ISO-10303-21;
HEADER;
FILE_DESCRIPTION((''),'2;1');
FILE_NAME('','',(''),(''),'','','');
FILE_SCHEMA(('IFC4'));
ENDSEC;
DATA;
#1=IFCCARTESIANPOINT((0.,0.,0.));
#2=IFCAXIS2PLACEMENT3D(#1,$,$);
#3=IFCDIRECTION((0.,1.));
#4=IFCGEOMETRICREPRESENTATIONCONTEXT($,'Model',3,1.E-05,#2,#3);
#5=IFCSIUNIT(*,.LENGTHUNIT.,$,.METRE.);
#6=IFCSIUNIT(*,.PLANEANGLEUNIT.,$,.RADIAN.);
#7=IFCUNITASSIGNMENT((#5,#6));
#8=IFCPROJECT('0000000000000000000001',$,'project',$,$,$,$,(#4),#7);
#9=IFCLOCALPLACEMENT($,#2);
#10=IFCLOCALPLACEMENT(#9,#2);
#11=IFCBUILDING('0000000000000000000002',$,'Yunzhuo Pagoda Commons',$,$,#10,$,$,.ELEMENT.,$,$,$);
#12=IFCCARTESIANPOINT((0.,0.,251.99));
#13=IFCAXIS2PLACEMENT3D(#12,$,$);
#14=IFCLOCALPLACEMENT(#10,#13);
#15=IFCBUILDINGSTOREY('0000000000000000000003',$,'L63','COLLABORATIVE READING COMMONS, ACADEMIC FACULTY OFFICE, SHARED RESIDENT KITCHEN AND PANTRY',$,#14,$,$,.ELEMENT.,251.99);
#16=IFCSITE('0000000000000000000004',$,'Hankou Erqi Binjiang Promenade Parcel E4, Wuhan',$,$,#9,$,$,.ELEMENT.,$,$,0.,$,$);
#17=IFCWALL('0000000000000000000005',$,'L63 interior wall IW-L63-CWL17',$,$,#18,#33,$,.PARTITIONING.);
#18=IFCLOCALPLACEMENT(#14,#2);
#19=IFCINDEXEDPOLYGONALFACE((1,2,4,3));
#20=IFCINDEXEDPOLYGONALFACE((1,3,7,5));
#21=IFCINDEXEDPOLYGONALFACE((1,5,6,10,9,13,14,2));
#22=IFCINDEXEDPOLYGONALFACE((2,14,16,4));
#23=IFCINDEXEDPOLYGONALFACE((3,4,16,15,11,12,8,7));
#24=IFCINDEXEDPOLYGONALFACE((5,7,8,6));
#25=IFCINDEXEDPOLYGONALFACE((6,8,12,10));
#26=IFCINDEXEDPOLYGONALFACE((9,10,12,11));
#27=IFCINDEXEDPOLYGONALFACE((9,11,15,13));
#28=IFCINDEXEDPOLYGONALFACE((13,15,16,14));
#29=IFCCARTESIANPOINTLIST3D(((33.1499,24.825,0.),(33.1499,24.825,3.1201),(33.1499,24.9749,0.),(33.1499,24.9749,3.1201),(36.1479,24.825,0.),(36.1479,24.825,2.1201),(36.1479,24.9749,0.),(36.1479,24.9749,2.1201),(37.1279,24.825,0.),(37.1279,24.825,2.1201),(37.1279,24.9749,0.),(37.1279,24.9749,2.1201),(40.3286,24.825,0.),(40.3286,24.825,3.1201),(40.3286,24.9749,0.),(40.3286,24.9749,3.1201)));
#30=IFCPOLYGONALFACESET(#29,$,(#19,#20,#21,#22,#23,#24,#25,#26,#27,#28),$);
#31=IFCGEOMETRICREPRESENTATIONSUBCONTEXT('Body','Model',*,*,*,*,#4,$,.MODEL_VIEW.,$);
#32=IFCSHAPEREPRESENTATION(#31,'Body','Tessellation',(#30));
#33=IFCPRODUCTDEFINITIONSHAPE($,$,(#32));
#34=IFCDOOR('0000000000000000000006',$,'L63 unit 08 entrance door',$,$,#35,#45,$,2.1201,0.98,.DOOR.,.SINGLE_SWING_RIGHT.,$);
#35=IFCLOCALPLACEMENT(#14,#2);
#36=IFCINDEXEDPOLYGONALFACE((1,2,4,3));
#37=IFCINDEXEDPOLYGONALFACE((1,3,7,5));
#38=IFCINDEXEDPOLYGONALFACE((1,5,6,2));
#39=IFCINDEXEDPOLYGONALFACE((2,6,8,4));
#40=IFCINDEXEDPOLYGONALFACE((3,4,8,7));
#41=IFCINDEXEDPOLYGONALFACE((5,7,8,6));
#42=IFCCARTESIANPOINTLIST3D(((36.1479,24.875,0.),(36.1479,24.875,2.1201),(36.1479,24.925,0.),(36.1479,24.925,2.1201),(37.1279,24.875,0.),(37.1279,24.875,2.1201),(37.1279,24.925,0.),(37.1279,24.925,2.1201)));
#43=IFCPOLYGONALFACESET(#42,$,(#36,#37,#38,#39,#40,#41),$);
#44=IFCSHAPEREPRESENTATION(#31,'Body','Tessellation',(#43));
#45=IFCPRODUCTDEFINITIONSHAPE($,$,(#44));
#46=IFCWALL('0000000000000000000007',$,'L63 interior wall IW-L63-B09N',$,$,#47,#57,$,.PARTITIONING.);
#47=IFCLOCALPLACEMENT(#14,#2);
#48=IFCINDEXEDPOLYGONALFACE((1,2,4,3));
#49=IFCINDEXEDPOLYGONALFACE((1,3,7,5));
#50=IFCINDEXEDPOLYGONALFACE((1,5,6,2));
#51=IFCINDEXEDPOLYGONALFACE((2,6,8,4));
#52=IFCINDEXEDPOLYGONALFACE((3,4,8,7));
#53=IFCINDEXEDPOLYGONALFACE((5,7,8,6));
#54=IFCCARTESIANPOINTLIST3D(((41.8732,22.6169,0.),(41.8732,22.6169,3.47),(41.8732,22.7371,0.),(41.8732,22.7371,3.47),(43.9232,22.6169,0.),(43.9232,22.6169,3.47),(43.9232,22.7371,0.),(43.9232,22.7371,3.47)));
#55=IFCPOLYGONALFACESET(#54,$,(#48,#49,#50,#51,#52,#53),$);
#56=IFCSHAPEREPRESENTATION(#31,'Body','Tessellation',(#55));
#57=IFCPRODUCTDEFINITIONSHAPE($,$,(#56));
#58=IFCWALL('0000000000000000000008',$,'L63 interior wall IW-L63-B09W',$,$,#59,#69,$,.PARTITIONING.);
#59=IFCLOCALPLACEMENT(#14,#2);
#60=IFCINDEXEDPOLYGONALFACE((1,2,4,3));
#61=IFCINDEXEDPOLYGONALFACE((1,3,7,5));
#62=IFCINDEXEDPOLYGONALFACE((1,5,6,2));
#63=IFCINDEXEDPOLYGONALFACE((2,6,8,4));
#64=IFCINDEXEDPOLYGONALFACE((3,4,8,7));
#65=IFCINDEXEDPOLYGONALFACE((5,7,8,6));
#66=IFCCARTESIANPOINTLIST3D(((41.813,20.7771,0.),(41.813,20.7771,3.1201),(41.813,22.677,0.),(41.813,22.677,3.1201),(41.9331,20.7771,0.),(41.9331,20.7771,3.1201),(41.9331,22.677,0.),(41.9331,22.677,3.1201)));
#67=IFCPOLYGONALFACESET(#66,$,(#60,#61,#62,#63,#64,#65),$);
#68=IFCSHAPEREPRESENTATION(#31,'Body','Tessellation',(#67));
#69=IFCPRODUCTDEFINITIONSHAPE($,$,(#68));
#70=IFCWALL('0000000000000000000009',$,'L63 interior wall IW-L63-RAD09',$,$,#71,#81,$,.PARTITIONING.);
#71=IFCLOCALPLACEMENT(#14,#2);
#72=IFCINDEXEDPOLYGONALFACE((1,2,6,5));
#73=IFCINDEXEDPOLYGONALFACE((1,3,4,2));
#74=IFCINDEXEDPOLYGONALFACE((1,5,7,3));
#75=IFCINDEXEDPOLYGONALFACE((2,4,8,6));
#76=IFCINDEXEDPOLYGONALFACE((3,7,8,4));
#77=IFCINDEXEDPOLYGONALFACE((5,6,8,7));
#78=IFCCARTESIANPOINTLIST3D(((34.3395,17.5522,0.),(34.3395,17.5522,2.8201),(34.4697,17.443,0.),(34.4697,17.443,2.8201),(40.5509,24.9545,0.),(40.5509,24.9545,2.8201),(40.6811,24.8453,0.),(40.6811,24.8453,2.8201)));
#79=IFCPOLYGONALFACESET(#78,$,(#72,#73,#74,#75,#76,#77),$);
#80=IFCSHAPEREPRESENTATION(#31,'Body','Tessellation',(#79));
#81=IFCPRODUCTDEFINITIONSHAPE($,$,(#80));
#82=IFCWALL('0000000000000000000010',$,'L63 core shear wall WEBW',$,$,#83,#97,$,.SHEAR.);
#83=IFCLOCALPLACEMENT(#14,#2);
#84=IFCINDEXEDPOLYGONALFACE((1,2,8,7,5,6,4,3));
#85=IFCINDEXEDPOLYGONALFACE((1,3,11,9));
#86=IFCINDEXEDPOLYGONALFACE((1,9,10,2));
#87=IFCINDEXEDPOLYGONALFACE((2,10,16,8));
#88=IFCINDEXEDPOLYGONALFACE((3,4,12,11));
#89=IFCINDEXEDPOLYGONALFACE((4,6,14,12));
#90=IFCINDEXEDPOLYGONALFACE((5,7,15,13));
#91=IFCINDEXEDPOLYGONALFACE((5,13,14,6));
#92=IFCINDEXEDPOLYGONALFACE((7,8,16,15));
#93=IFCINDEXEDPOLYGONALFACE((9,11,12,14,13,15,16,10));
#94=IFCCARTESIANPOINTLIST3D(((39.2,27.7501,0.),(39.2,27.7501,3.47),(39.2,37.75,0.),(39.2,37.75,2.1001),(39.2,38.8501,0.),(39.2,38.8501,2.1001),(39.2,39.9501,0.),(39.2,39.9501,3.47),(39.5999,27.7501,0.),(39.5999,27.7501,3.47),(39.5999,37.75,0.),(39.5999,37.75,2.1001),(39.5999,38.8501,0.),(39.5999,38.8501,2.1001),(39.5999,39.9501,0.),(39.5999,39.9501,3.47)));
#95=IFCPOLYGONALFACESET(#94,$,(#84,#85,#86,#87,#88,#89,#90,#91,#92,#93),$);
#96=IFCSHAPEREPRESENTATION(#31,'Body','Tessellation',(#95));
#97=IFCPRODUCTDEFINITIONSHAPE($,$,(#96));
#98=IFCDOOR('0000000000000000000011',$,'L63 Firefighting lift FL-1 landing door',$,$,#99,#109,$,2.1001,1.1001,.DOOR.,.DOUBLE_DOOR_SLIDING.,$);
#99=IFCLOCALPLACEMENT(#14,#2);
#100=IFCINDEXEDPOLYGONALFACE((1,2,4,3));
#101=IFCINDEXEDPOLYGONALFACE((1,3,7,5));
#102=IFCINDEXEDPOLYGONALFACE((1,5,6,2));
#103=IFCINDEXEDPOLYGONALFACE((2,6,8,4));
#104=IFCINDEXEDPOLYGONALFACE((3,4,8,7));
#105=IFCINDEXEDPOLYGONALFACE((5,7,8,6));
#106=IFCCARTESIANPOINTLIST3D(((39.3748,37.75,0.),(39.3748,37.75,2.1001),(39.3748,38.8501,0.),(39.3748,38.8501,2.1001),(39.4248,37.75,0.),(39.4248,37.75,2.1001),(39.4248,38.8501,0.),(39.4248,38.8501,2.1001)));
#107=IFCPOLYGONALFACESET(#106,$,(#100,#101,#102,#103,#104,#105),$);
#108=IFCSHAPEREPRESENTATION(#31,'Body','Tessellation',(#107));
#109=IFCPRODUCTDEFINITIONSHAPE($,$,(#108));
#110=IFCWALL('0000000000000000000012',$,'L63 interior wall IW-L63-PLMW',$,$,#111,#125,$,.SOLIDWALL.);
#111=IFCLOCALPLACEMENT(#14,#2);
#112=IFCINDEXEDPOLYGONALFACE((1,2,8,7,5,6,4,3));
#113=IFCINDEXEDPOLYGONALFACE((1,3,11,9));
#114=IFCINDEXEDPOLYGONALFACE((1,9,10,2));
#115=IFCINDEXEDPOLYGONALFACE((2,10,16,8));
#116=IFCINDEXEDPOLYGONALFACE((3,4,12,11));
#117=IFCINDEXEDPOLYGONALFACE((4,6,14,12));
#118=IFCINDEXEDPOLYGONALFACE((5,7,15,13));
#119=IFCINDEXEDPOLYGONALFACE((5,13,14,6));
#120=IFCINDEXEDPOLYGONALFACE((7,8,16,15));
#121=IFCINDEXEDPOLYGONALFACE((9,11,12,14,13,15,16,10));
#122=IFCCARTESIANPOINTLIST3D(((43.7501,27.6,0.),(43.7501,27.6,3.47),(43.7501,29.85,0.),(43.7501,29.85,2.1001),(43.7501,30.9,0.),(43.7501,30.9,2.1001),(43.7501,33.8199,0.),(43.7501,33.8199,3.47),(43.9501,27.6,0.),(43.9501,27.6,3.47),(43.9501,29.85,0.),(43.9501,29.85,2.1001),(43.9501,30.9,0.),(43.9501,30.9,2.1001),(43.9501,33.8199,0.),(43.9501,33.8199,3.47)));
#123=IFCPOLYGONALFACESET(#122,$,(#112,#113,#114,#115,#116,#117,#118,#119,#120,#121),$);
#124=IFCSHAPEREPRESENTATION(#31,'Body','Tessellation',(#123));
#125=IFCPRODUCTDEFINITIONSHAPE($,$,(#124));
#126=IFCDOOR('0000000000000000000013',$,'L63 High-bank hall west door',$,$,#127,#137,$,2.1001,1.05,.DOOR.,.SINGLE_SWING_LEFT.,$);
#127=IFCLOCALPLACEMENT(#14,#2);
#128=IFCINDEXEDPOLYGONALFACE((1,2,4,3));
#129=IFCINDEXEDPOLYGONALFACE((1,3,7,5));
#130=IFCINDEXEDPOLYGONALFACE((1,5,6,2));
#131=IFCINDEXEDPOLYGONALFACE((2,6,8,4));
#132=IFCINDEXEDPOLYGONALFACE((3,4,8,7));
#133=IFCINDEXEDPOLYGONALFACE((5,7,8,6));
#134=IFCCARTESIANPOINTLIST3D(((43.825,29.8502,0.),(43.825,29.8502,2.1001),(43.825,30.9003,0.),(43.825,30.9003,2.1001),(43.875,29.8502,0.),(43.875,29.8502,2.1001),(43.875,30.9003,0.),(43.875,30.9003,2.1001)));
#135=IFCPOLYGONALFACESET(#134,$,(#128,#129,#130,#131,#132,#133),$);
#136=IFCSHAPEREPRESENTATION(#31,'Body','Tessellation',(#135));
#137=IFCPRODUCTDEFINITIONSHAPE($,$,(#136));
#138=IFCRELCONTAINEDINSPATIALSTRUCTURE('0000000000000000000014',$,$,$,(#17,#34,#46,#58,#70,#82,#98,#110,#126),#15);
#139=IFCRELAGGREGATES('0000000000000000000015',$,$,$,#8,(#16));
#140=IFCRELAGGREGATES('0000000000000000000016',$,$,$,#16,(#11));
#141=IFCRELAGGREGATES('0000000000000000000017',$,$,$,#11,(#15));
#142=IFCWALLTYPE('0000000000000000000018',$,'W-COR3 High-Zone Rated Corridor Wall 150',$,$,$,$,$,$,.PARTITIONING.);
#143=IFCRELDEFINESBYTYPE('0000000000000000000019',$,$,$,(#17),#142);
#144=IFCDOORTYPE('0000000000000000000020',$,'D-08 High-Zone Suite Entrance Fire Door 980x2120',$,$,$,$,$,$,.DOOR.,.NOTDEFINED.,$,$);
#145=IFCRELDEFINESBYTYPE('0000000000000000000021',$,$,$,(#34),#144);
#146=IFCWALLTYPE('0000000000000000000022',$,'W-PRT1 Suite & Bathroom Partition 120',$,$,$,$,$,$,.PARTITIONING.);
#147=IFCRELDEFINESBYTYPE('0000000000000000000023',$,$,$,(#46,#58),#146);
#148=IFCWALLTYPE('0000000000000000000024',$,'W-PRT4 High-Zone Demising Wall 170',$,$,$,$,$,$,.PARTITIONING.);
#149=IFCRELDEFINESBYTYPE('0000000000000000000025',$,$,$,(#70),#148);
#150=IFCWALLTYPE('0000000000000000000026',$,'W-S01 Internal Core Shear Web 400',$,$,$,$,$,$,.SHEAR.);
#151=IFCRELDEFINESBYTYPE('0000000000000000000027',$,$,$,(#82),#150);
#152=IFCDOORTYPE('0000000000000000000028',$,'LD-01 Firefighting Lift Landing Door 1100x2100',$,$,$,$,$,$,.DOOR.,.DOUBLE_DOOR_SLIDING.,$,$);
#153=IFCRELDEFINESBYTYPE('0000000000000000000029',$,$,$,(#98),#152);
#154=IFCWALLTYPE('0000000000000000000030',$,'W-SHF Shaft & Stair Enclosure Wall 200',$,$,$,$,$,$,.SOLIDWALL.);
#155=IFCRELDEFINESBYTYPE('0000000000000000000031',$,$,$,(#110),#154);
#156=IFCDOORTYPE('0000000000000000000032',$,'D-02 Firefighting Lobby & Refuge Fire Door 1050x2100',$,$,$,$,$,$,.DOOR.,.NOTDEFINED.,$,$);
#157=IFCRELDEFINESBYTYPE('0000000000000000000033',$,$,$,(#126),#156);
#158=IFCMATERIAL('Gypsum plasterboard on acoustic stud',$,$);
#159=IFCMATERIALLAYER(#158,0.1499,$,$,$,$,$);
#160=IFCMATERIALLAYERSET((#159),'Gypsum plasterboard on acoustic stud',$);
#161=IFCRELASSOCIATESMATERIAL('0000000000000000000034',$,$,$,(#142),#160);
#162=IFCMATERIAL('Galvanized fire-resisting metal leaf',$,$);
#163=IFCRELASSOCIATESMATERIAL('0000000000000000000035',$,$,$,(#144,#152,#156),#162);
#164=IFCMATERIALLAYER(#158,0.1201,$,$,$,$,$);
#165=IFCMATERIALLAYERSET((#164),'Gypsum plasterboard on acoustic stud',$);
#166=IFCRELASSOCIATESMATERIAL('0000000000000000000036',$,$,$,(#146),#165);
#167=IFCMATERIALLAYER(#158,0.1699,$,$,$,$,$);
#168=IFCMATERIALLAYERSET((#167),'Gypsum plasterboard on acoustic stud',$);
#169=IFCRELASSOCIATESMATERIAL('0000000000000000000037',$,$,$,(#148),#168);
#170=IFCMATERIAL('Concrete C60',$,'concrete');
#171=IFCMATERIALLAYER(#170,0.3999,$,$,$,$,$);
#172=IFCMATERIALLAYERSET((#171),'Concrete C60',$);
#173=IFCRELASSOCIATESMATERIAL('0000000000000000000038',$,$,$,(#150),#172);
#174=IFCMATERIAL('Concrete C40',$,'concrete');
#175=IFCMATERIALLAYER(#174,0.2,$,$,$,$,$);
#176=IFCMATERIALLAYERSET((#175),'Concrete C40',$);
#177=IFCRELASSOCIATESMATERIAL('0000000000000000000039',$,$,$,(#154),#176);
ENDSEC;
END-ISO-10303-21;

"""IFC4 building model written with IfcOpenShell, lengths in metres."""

from ifc_helpers import new_model, si_unit, direction, frame, frame_2d, origin, origin_with_axes, place, context, subcontext, project, spatial, rectangle, extrude, source, transform, mapped, material, layer, layer_set, type_object, element, fill, save


model = new_model("IFC4")

# Units and contexts
model_context = context("Model", 3, precision=1e-05, world=origin(), true_north=direction((0.0, 1.0)))
body_context = subcontext(model_context, "Body", "Model", "MODEL_VIEW")
ifc_project = project(units=[si_unit("LENGTHUNIT", "METRE"), si_unit("PLANEANGLEUNIT", "RADIAN")], contexts=[model_context])

# Site, building, storey
site_placement = place(None, origin())
site = spatial("IfcSite", under=ifc_project, at=site_placement, Name="Hankou Erqi Binjiang Promenade Parcel E4, Wuhan", CompositionType="ELEMENT", RefElevation=0.0)
building_placement = place(site_placement, origin())
building = spatial("IfcBuilding", under=site, at=building_placement, Name="Yunzhuo Pagoda Commons", CompositionType="ELEMENT")
storey_placement = place(building_placement, frame((0.0, 0.0, 251.99)))
storey = spatial("IfcBuildingStorey", under=building, at=storey_placement, Name="L63", Description="COLLABORATIVE READING COMMONS, ACADEMIC FACULTY OFFICE, SHARED RESIDENT KITCHEN AND PANTRY", CompositionType="ELEMENT", Elevation=251.99)

# Wall, opening, door
ifc_material_1 = material(Name="Gypsum plasterboard on acoustic stud")
ifc_layer_1 = layer(ifc_material_1, 0.1499)
ifc_layer_set_1 = layer_set([ifc_layer_1], Name="Gypsum plasterboard on acoustic stud")
wall_type_1 = type_object("IfcWallType", Name="W-COR3 High-Zone Rated Corridor Wall 150", PredefinedType="PARTITIONING", material=ifc_layer_set_1)
ifc_material_2 = material(Name="Galvanized fire-resisting metal leaf")
door_type_1 = type_object("IfcDoorType", Name="D-08 High-Zone Suite Entrance Fire Door 980x2120", OperationType="NOTDEFINED", PredefinedType="DOOR", material=ifc_material_2)
shared_shape_1 = source(origin(), body_context, "Body", "SweptSolid", [
    extrude(rectangle(XDim=0.98, YDim=2.1201, at=frame_2d((0.49, 1.0601))), frame((0.0, 0.0249, 0.0), z_axis=(0.0, -1.0, 0.0), x_axis=(1.0, 0.0, 0.0)), (0.0, 0.0, 1.0), 0.05),
])
wall_1_placement = place(storey_placement, frame((40.3286, 24.8999, 0.0), z_axis=(0.0, 0.0, 1.0), x_axis=(-1.0, 0.0, 0.0)))
wall_1 = element("IfcWall", 1, at=wall_1_placement, inside=storey, type_object=wall_type_1, Name="L63 interior wall IW-L63-CWL17", PredefinedType="PARTITIONING", context=body_context, shape_type="SweptSolid", body=[
    extrude(rectangle(XDim=7.1787, YDim=0.1499, at=frame_2d((3.5894, 0.0))), origin(), (0.0, 0.0, 1.0), 3.1201),
])
opening_1_placement = place(wall_1_placement, frame((3.2007, 0.0, 0.0)))
opening_1 = element("IfcOpeningElement", 2, at=opening_1_placement, cuts=wall_1, PredefinedType="OPENING", context=body_context, shape_type="SweptSolid", body=[
    extrude(rectangle(XDim=0.98, YDim=2.1201, at=frame_2d((0.49, 1.0601))), frame((0.0, 0.085, 0.0), z_axis=(0.0, -1.0, 0.0), x_axis=(1.0, 0.0, 0.0)), (0.0, 0.0, 1.0), 0.1699),
])
door_1_placement = place(opening_1_placement, origin_with_axes())
door_1 = element("IfcDoor", 3, at=door_1_placement, inside=storey, type_object=door_type_1, Name="L63 unit 08 entrance door", OperationType="SINGLE_SWING_RIGHT", OverallHeight=2.1201, OverallWidth=0.98, PredefinedType="DOOR", context=body_context, shape_type="MappedRepresentation", body=[
    mapped(shared_shape_1, transform((0.0, 0.0, 0.0), scale=1.0)),
])
fill(opening_1, door_1)

# Walls
ifc_layer_2 = layer(ifc_material_1, 0.1201)
ifc_layer_set_2 = layer_set([ifc_layer_2], Name="Gypsum plasterboard on acoustic stud")
wall_type_2 = type_object("IfcWallType", Name="W-PRT1 Suite & Bathroom Partition 120", PredefinedType="PARTITIONING", material=ifc_layer_set_2)
wall_2_placement = place(storey_placement, frame((43.9231, 22.677, 0.0), z_axis=(0.0, 0.0, 1.0), x_axis=(-1.0, 0.0, 0.0)))
element("IfcWall", 4, at=wall_2_placement, inside=storey, type_object=wall_type_2, Name="L63 interior wall IW-L63-B09N", PredefinedType="PARTITIONING", context=body_context, shape_type="SweptSolid", body=[
    extrude(rectangle(XDim=2.05, YDim=0.1201, at=frame_2d((1.0249, 0.0))), origin(), (0.0, 0.0, 1.0), 3.47),
])
wall_3_placement = place(storey_placement, frame((41.873, 22.677, 0.0), z_axis=(0.0, 0.0, 1.0), x_axis=(0.0, -1.0, 0.0)))
element("IfcWall", 5, at=wall_3_placement, inside=storey, type_object=wall_type_2, Name="L63 interior wall IW-L63-B09W", PredefinedType="PARTITIONING", context=body_context, shape_type="SweptSolid", body=[
    extrude(rectangle(XDim=1.8999, YDim=0.1201, at=frame_2d((0.95, 0.0))), origin(), (0.0, 0.0, 1.0), 3.1201),
])
ifc_layer_3 = layer(ifc_material_1, 0.1699)
ifc_layer_set_3 = layer_set([ifc_layer_3], Name="Gypsum plasterboard on acoustic stud")
wall_type_3 = type_object("IfcWallType", Name="W-PRT4 High-Zone Demising Wall 170", PredefinedType="PARTITIONING", material=ifc_layer_set_3)
wall_4_placement = place(storey_placement, frame((40.616, 24.8999, 0.0), z_axis=(0.0, 0.0, 1.0), x_axis=(-0.642795, -0.766038, 0.0)))
element("IfcWall", 6, at=wall_4_placement, inside=storey, type_object=wall_type_3, Name="L63 interior wall IW-L63-RAD09", PredefinedType="PARTITIONING", context=body_context, shape_type="SweptSolid", body=[
    extrude(rectangle(XDim=9.6631, YDim=0.1699, at=frame_2d((4.8315, 0.0))), origin(), (0.0, 0.0, 1.0), 2.8201),
])

# Walls, openings, doors
ifc_material_3 = material(Name="Concrete C60", Category="concrete")
ifc_layer_4 = layer(ifc_material_3, 0.3999)
ifc_layer_set_4 = layer_set([ifc_layer_4], Name="Concrete C60")
wall_type_4 = type_object("IfcWallType", Name="W-S01 Internal Core Shear Web 400", PredefinedType="SHEAR", material=ifc_layer_set_4)
wall_5_placement = place(storey_placement, frame((39.3999, 27.75, 0.0), z_axis=(0.0, 0.0, 1.0), x_axis=(0.0, 1.0, 0.0)))
wall_5 = element("IfcWall", 7, at=wall_5_placement, inside=storey, type_object=wall_type_4, Name="L63 core shear wall WEBW", PredefinedType="SHEAR", context=body_context, shape_type="SweptSolid", body=[
    extrude(rectangle(XDim=12.2, YDim=0.3999, at=frame_2d((6.1001, 0.0))), origin(), (0.0, 0.0, 1.0), 3.47),
])
opening_2_placement = place(wall_5_placement, frame((10.0, 0.0, 0.0)))
opening_2 = element("IfcOpeningElement", 8, at=opening_2_placement, cuts=wall_5, PredefinedType="OPENING", context=body_context, shape_type="SweptSolid", body=[
    extrude(rectangle(XDim=1.1001, YDim=2.1001, at=frame_2d((0.55, 1.05))), frame((0.0, 0.21, 0.0), z_axis=(0.0, -1.0, 0.0), x_axis=(1.0, 0.0, 0.0)), (0.0, 0.0, 1.0), 0.4199),
])
door_type_2 = type_object("IfcDoorType", Name="LD-01 Firefighting Lift Landing Door 1100x2100", OperationType="DOUBLE_DOOR_SLIDING", PredefinedType="DOOR", material=ifc_material_2)
shared_shape_2 = source(origin(), body_context, "Body", "SweptSolid", [
    extrude(rectangle(XDim=1.1001, YDim=2.1001, at=frame_2d((0.55, 1.05))), frame((0.0, 0.0249, 0.0), z_axis=(0.0, -1.0, 0.0), x_axis=(1.0, 0.0, 0.0)), (0.0, 0.0, 1.0), 0.05),
])
door_2_placement = place(opening_2_placement, frame((1.1001, 0.0, 0.0), z_axis=(0.0, 0.0, 1.0), x_axis=(-1.0, 0.0, 0.0)))
door_2 = element("IfcDoor", 9, at=door_2_placement, inside=storey, type_object=door_type_2, Name="L63 Firefighting lift FL-1 landing door", OperationType="DOUBLE_DOOR_SLIDING", OverallHeight=2.1001, OverallWidth=1.1001, PredefinedType="DOOR", context=body_context, shape_type="MappedRepresentation", body=[
    mapped(shared_shape_2, transform((0.0, 0.0, 0.0), scale=1.0)),
])
fill(opening_2, door_2)
ifc_material_4 = material(Name="Concrete C40", Category="concrete")
ifc_layer_5 = layer(ifc_material_4, 0.2)
ifc_layer_set_5 = layer_set([ifc_layer_5], Name="Concrete C40")
wall_type_5 = type_object("IfcWallType", Name="W-SHF Shaft & Stair Enclosure Wall 200", PredefinedType="SOLIDWALL", material=ifc_layer_set_5)
wall_6_placement = place(storey_placement, frame((43.8501, 27.6001, 0.0), z_axis=(0.0, 0.0, 1.0), x_axis=(0.0, 1.0, 0.0)))
wall_6 = element("IfcWall", 10, at=wall_6_placement, inside=storey, type_object=wall_type_5, Name="L63 interior wall IW-L63-PLMW", PredefinedType="SOLIDWALL", context=body_context, shape_type="SweptSolid", body=[
    extrude(rectangle(XDim=6.22, YDim=0.2, at=frame_2d((3.1099, 0.0))), origin(), (0.0, 0.0, 1.0), 3.47),
])
opening_3_placement = place(wall_6_placement, frame((2.25, 0.0, 0.0)))
opening_3 = element("IfcOpeningElement", 11, at=opening_3_placement, cuts=wall_6, PredefinedType="OPENING", context=body_context, shape_type="SweptSolid", body=[
    extrude(rectangle(XDim=1.05, YDim=2.1001, at=frame_2d((0.5249, 1.05))), frame((0.0, 0.1099, 0.0), z_axis=(0.0, -1.0, 0.0), x_axis=(1.0, 0.0, 0.0)), (0.0, 0.0, 1.0), 0.22),
])
door_type_3 = type_object("IfcDoorType", Name="D-02 Firefighting Lobby & Refuge Fire Door 1050x2100", OperationType="NOTDEFINED", PredefinedType="DOOR", material=ifc_material_2)
shared_shape_3 = source(origin(), body_context, "Body", "SweptSolid", [
    extrude(rectangle(XDim=1.05, YDim=2.1001, at=frame_2d((0.5249, 1.05))), frame((0.0, 0.0249, 0.0), z_axis=(0.0, -1.0, 0.0), x_axis=(1.0, 0.0, 0.0)), (0.0, 0.0, 1.0), 0.05),
])
door_3_placement = place(opening_3_placement, frame((1.05, 0.0, 0.0), z_axis=(0.0, 0.0, 1.0), x_axis=(-1.0, 0.0, 0.0)))
door_3 = element("IfcDoor", 12, at=door_3_placement, inside=storey, type_object=door_type_3, Name="L63 High-bank hall west door", OperationType="SINGLE_SWING_LEFT", OverallHeight=2.1001, OverallWidth=1.05, PredefinedType="DOOR", context=body_context, shape_type="MappedRepresentation", body=[
    mapped(shared_shape_3, transform((0.0, 0.0, 0.0), scale=1.0)),
])
fill(opening_3, door_3)

save(model, "model.ifc")
